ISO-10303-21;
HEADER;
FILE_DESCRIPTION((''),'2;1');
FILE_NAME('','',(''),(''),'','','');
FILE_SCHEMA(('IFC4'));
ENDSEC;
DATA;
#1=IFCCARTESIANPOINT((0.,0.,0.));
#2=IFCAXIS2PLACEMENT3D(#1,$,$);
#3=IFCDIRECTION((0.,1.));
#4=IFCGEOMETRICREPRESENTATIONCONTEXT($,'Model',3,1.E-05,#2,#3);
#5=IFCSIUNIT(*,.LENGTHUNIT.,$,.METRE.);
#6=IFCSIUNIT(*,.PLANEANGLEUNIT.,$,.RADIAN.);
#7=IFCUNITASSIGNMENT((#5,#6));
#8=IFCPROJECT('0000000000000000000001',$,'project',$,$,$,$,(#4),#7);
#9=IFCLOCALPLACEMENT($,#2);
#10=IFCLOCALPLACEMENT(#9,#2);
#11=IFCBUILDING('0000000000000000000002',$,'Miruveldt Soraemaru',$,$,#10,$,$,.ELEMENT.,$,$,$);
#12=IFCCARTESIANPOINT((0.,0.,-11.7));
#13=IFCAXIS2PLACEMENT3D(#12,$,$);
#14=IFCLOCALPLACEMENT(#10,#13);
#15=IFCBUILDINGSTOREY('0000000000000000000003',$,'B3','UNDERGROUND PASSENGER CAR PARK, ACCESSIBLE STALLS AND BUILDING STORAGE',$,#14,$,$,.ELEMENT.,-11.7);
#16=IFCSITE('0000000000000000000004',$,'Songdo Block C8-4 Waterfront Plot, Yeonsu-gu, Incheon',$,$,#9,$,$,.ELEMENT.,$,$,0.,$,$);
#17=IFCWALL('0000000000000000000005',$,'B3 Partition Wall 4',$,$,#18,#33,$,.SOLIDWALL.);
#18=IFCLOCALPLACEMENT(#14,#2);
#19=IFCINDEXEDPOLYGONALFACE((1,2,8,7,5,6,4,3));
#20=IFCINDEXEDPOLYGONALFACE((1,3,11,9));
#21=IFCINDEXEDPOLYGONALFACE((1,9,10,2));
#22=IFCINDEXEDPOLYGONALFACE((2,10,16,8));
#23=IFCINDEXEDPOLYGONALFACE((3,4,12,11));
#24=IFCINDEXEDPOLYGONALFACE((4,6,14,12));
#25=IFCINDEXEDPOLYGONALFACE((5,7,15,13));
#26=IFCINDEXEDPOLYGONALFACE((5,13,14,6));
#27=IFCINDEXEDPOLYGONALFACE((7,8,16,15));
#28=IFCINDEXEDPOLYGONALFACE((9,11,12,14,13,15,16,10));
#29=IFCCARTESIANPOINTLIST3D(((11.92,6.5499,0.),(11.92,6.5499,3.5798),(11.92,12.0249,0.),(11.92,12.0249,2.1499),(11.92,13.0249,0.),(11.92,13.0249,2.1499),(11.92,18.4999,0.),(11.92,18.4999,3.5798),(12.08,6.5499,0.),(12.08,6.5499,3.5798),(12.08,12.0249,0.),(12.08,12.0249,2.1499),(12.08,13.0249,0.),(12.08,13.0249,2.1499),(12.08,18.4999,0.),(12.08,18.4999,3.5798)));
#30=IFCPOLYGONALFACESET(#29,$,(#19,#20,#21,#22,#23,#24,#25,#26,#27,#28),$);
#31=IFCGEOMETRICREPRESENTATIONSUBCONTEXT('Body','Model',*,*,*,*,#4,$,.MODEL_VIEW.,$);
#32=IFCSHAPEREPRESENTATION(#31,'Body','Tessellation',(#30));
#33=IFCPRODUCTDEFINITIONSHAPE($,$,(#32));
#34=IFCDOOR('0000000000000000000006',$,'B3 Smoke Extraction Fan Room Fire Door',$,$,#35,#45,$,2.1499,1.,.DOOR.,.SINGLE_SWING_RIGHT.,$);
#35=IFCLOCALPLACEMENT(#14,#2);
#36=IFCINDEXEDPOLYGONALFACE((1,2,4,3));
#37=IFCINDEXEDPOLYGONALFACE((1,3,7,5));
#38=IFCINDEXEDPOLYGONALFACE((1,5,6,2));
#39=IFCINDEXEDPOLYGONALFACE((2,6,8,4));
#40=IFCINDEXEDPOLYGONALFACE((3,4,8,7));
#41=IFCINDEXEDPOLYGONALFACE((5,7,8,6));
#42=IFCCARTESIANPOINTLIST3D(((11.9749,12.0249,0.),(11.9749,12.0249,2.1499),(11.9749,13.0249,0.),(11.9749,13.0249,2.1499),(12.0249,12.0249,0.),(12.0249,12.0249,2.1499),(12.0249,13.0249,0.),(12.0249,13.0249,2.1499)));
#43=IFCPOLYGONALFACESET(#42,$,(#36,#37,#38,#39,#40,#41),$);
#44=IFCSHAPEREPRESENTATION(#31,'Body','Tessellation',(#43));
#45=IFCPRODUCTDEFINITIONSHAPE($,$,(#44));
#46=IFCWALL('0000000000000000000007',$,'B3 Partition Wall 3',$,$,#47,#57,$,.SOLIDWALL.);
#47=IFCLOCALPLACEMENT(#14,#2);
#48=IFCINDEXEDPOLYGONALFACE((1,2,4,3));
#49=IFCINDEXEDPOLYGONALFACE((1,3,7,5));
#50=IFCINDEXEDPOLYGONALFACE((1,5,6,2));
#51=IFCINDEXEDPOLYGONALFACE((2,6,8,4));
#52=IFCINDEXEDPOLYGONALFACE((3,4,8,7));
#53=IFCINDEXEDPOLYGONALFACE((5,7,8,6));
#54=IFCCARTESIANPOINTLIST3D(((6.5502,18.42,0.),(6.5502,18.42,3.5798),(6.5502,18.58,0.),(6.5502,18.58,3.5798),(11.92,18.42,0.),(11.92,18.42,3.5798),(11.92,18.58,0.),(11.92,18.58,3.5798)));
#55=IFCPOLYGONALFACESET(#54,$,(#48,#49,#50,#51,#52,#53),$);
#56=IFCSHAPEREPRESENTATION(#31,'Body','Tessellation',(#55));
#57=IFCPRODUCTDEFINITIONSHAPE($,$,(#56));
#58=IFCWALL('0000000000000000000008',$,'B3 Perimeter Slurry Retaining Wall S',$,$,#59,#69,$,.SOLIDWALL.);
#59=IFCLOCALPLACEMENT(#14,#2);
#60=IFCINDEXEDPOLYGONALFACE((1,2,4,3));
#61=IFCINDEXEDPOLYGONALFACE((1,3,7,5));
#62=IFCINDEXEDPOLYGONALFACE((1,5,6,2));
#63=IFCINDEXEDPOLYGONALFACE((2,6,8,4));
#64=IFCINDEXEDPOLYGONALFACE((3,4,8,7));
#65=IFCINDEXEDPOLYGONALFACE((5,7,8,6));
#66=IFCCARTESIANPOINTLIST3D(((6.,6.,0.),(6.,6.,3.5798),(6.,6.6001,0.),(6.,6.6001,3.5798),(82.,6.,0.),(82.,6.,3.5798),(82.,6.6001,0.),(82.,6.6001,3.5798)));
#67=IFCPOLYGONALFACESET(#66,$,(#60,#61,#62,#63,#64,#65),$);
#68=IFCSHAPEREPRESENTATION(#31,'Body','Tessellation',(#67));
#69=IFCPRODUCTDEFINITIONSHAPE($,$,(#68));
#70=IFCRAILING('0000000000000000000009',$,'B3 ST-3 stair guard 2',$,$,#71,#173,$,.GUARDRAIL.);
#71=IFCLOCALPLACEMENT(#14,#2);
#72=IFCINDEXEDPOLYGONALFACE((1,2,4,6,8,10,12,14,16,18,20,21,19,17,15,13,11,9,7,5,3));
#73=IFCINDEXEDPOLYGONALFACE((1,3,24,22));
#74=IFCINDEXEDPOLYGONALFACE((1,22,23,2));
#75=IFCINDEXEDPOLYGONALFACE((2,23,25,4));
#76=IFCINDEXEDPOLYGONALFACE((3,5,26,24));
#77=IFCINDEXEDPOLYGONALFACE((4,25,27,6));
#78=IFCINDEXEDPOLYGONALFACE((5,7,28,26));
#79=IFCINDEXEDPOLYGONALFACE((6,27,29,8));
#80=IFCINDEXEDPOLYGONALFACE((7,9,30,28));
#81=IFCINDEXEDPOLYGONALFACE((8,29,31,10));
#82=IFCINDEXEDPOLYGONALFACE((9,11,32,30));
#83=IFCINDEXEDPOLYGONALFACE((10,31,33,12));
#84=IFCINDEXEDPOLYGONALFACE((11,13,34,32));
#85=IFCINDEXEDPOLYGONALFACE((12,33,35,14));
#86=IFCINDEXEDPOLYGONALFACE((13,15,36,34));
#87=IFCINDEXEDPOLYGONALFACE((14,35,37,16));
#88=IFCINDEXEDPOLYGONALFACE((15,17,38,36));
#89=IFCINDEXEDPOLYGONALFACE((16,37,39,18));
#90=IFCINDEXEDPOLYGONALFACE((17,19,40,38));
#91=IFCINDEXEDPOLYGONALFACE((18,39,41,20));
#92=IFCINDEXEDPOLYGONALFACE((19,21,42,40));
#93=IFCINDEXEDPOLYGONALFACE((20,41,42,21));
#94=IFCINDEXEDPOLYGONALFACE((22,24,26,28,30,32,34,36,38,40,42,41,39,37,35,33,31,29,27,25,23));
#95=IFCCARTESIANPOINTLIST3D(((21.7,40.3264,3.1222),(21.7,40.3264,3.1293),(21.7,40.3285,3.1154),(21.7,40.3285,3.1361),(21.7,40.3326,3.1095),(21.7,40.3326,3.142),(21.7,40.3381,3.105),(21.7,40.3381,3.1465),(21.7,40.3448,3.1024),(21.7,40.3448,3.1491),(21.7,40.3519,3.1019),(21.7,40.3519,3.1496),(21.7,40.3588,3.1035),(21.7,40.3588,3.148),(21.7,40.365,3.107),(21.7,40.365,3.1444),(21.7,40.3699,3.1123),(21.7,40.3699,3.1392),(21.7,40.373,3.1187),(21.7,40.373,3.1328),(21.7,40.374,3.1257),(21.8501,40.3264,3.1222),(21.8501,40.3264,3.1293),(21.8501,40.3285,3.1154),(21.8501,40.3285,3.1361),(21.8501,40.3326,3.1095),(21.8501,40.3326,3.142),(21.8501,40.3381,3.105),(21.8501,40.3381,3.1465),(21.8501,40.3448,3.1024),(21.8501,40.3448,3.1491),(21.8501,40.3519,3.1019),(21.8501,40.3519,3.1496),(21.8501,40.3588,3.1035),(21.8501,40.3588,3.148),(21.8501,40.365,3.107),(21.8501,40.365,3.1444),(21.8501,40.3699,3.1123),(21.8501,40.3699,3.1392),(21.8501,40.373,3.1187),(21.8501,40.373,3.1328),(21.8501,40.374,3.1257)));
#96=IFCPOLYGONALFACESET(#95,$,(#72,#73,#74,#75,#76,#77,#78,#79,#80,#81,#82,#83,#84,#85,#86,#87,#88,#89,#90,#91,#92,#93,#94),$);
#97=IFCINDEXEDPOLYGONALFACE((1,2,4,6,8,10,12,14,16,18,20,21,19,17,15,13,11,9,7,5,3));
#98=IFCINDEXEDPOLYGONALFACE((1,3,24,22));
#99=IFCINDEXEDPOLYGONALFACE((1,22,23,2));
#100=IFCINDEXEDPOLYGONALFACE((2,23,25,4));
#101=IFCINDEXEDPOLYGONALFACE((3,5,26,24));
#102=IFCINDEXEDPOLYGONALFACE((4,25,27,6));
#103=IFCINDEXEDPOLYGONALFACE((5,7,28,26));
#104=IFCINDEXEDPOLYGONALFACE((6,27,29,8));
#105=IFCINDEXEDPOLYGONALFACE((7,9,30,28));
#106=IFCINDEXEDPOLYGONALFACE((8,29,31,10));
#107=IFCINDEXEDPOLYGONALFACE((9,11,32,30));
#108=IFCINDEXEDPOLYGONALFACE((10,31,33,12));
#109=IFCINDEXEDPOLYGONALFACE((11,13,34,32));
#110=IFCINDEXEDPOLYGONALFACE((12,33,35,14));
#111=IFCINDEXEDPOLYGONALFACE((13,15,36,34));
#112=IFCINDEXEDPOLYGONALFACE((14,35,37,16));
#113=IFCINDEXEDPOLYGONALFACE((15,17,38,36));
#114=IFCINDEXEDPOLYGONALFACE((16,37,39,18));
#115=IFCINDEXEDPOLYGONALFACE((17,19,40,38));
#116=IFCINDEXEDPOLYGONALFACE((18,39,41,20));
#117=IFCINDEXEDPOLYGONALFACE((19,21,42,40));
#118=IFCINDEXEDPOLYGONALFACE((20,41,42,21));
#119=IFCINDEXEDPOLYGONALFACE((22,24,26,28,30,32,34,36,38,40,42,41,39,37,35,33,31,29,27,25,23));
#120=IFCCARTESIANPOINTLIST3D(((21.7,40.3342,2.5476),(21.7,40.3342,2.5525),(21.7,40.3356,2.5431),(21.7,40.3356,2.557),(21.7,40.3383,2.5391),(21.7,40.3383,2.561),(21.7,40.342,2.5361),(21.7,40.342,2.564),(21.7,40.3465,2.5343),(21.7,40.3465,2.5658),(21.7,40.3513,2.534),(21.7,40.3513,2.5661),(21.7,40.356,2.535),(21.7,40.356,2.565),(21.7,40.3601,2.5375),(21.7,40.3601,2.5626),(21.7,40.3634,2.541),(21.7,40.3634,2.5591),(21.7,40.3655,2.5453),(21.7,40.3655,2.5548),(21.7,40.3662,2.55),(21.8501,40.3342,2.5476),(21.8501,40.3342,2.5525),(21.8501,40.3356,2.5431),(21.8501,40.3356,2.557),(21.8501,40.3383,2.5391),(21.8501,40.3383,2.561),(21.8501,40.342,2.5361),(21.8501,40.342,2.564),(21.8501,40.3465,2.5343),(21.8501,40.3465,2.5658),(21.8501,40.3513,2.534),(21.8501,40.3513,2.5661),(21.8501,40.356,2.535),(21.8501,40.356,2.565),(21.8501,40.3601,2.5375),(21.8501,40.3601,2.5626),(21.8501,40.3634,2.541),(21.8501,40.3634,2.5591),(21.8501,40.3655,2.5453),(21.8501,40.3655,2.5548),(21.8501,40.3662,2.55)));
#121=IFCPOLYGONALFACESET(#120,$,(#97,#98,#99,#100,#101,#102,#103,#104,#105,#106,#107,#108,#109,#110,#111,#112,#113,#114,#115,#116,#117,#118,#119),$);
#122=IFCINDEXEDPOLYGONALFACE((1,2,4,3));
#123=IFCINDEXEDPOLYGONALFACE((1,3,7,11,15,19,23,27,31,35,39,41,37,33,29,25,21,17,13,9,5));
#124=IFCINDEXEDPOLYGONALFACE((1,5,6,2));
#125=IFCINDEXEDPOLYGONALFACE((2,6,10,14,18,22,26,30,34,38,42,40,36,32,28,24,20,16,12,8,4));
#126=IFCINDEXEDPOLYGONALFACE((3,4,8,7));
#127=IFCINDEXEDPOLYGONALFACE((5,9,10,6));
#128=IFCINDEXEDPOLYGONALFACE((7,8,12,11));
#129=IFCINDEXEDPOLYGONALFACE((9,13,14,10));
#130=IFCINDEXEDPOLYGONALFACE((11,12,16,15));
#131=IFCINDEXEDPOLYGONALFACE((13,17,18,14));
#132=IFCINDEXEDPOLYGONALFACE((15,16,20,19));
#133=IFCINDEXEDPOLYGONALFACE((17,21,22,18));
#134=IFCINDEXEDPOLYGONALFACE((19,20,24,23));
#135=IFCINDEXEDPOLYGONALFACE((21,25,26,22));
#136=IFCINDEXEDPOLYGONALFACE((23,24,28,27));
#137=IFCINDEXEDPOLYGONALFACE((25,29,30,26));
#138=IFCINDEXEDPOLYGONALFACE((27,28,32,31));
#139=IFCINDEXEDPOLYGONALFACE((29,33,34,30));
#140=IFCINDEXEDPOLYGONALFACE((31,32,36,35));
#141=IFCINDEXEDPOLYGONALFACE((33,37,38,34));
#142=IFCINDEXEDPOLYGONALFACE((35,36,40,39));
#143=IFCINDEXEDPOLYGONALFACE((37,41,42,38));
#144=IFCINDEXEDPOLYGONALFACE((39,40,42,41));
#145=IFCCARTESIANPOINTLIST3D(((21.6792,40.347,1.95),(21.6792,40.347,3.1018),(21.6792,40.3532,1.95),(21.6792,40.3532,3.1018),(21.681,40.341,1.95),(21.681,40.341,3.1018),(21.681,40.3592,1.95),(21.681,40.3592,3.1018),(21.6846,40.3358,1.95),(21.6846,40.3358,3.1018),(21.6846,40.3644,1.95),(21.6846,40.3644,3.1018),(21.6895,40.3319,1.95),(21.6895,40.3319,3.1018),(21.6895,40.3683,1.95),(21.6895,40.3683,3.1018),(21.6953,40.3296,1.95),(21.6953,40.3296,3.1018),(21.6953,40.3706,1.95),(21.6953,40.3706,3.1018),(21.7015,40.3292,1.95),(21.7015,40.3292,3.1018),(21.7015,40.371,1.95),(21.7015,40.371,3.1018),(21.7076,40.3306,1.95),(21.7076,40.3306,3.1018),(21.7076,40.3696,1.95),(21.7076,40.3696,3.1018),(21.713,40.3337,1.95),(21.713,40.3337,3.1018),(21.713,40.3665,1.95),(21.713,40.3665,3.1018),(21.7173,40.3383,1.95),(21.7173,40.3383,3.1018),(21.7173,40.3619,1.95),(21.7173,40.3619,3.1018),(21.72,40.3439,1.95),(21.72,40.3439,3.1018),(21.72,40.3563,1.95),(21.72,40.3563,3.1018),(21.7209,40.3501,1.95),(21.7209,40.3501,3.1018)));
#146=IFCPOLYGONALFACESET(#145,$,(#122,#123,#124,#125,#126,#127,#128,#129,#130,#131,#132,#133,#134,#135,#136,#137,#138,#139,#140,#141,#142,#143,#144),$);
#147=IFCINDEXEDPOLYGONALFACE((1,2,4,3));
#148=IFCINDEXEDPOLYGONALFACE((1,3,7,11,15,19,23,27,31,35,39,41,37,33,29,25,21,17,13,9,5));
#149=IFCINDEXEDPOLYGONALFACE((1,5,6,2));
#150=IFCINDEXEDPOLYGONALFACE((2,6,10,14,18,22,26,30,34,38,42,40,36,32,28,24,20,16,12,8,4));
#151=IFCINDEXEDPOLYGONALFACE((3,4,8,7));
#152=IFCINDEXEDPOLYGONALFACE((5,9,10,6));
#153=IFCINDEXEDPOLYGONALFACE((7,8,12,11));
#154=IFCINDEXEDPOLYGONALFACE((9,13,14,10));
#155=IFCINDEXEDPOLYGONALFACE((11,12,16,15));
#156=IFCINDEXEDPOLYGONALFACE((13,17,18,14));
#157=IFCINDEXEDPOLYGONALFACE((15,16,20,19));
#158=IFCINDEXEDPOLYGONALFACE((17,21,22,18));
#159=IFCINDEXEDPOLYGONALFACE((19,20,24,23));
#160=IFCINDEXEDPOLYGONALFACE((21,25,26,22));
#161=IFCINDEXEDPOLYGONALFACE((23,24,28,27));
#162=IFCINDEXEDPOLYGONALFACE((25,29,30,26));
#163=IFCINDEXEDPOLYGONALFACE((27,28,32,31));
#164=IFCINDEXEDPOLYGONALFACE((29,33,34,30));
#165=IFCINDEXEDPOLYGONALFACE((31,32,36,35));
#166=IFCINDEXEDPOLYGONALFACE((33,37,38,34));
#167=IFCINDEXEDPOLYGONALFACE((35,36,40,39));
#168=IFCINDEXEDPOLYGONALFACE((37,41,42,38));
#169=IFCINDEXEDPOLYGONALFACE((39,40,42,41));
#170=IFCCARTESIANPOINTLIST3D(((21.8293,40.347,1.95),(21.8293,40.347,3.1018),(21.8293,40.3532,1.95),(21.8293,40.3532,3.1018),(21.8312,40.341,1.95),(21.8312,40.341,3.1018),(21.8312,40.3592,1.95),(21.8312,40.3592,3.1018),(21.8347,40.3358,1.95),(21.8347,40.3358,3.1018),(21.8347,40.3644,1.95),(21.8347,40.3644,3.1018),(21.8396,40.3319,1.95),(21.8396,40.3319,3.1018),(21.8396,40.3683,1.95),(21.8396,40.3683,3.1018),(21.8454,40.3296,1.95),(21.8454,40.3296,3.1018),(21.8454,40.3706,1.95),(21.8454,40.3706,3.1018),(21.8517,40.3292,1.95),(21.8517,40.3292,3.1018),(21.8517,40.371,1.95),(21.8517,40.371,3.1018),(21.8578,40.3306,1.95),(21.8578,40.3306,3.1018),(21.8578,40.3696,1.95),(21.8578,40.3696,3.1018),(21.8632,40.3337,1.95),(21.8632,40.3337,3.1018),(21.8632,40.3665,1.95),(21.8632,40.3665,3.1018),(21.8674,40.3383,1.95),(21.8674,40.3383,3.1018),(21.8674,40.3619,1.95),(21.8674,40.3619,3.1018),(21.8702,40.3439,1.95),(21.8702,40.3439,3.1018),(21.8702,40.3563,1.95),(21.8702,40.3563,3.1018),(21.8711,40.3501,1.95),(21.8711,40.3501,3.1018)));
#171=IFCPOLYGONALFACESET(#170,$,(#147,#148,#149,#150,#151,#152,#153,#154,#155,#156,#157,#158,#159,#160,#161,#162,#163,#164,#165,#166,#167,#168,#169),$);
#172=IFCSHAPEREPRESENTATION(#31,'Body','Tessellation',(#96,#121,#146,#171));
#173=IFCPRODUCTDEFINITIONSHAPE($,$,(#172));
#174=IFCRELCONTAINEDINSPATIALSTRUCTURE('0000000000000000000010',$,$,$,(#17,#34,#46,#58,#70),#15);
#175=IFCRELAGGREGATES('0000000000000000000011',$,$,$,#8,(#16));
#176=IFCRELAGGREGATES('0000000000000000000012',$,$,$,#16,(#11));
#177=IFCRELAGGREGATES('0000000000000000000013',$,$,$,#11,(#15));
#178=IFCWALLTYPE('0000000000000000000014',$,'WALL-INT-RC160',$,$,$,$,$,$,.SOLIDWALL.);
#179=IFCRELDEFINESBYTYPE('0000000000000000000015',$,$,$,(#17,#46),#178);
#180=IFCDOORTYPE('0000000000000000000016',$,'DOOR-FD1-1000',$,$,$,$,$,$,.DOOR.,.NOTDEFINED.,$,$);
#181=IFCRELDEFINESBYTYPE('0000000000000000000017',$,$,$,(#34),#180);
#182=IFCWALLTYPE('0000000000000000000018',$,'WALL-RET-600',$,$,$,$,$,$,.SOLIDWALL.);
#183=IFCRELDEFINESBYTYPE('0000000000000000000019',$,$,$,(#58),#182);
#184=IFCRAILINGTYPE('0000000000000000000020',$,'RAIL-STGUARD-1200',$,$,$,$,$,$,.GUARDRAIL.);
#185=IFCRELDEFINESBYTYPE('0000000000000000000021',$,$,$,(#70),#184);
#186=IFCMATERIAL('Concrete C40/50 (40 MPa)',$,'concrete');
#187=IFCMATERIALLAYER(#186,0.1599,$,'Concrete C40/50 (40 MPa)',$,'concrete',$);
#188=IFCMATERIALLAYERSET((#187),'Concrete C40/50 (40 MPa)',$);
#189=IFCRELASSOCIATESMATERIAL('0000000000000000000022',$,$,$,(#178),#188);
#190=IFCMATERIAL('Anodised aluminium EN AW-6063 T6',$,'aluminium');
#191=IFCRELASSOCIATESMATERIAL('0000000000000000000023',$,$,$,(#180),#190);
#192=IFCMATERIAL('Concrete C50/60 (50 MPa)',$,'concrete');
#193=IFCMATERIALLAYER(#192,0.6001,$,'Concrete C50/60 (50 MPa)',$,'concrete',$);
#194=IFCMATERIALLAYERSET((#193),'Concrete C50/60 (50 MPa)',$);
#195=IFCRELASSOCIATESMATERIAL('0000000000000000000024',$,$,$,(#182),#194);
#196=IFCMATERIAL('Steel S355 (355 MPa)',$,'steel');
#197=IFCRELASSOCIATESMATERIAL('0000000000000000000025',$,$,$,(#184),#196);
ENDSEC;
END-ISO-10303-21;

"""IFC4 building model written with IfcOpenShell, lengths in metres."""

from ifc_helpers import new_model, si_unit, direction, frame, frame_2d, origin, origin_2d, place, context, subcontext, project, spatial, rectangle, circle, extrude, material, layer, layer_set, type_object, element, fill, save


model = new_model("IFC4")

# Units and contexts
model_context = context("Model", 3, precision=1e-05, world=origin(), true_north=direction((0.0, 1.0)))
body_context = subcontext(model_context, "Body", "Model", "MODEL_VIEW")
ifc_project = project(units=[si_unit("LENGTHUNIT", "METRE"), si_unit("PLANEANGLEUNIT", "RADIAN")], contexts=[model_context])

# Site, building, storey
site_placement = place(None, origin())
site = spatial("IfcSite", under=ifc_project, at=site_placement, Name="Songdo Block C8-4 Waterfront Plot, Yeonsu-gu, Incheon", CompositionType="ELEMENT", RefElevation=0.0)
building_placement = place(site_placement, origin())
building = spatial("IfcBuilding", under=site, at=building_placement, Name="Miruveldt Soraemaru", CompositionType="ELEMENT")
storey_placement = place(building_placement, frame((0.0, 0.0, -11.7)))
storey = spatial("IfcBuildingStorey", under=building, at=storey_placement, Name="B3", Description="UNDERGROUND PASSENGER CAR PARK, ACCESSIBLE STALLS AND BUILDING STORAGE", CompositionType="ELEMENT", Elevation=-11.7)

# Shared definitions
ifc_material_1 = material(Name="Concrete C50/60 (50 MPa)", Category="concrete")

# Shared definitions
ifc_material_2 = material(Name="Concrete C40/50 (40 MPa)", Category="concrete")
ifc_material_3 = material(Name="Steel S355 (355 MPa)", Category="steel")

# Wall, opening, door
ifc_layer_1 = layer(ifc_material_2, 0.1599, Name="Concrete C40/50 (40 MPa)", Category="concrete")
ifc_layer_set_1 = layer_set([ifc_layer_1], Name="Concrete C40/50 (40 MPa)")
wall_type_1 = type_object("IfcWallType", Name="WALL-INT-RC160", PredefinedType="SOLIDWALL", material=ifc_layer_set_1)
wall_1_placement = place(storey_placement, frame((12.0, 18.5, 0.0), z_axis=(0.0, 0.0, 1.0), x_axis=(0.0, -1.0, 0.0)))
wall_1 = element("IfcWall", 1, at=wall_1_placement, inside=storey, type_object=wall_type_1, Name="B3 Partition Wall 4", PredefinedType="SOLIDWALL", context=body_context, shape_type="SweptSolid", body=[
    extrude(rectangle(XDim=11.95, YDim=0.1599, at=frame_2d((5.9751, 0.0))), origin(), (0.0, 0.0, 1.0), 3.5798),
])
opening_placement = place(wall_1_placement, frame((5.4751, 0.0, 0.0)))
opening = element("IfcOpeningElement", 2, at=opening_placement, cuts=wall_1, PredefinedType="OPENING", context=body_context, shape_type="SweptSolid", body=[
    extrude(rectangle(XDim=1.0, YDim=2.1499, at=frame_2d((0.5, 1.075))), frame((0.0, 0.0898, 0.0), z_axis=(0.0, -1.0, 0.0), x_axis=(1.0, 0.0, 0.0)), (0.0, 0.0, 1.0), 0.1799),
])
ifc_material_4 = material(Name="Anodised aluminium EN AW-6063 T6", Category="aluminium")
door_type = type_object("IfcDoorType", Name="DOOR-FD1-1000", OperationType="NOTDEFINED", PredefinedType="DOOR", material=ifc_material_4)
door_placement = place(opening_placement, origin())
door = element("IfcDoor", 3, at=door_placement, inside=storey, type_object=door_type, Name="B3 Smoke Extraction Fan Room Fire Door", OperationType="SINGLE_SWING_RIGHT", OverallHeight=2.1499, OverallWidth=1.0, PredefinedType="DOOR", context=body_context, shape_type="SweptSolid", body=[
    extrude(rectangle(XDim=1.0, YDim=2.1499, at=frame_2d((0.5, 1.075))), frame((0.0, 0.0249, 0.0), z_axis=(0.0, -1.0, 0.0), x_axis=(1.0, 0.0, 0.0)), (0.0, 0.0, 1.0), 0.05),
])
fill(opening, door)

# Walls
wall_2_placement = place(storey_placement, frame((6.55, 18.5, 0.0), z_axis=(0.0, 0.0, 1.0), x_axis=(1.0, 0.0, 0.0)))
element("IfcWall", 4, at=wall_2_placement, inside=storey, type_object=wall_type_1, Name="B3 Partition Wall 3", PredefinedType="SOLIDWALL", context=body_context, shape_type="SweptSolid", body=[
    extrude(rectangle(XDim=5.3699, YDim=0.1599, at=frame_2d((2.6851, 0.0))), origin(), (0.0, 0.0, 1.0), 3.5798),
])
ifc_layer_2 = layer(ifc_material_1, 0.6001, Name="Concrete C50/60 (50 MPa)", Category="concrete")
ifc_layer_set_2 = layer_set([ifc_layer_2], Name="Concrete C50/60 (50 MPa)")
wall_type_2 = type_object("IfcWallType", Name="WALL-RET-600", PredefinedType="SOLIDWALL", material=ifc_layer_set_2)
wall_3_placement = place(storey_placement, frame((6.0, 6.3, 0.0), z_axis=(0.0, 0.0, 1.0), x_axis=(1.0, 0.0, 0.0)))
element("IfcWall", 5, at=wall_3_placement, inside=storey, type_object=wall_type_2, Name="B3 Perimeter Slurry Retaining Wall S", PredefinedType="SOLIDWALL", context=body_context, shape_type="SweptSolid", body=[
    extrude(rectangle(XDim=76.0, YDim=0.6001, at=frame_2d((38.0, 0.0))), origin(), (0.0, 0.0, 1.0), 3.5798),
])

# Railing
railing_type = type_object("IfcRailingType", Name="RAIL-STGUARD-1200", PredefinedType="GUARDRAIL", material=ifc_material_3)
railing_1_placement = place(storey_placement, frame((21.7, 40.3501, 1.95)))
element("IfcRailing", 6, at=railing_1_placement, inside=storey, type_object=railing_type, Name="B3 ST-3 stair guard 2", PredefinedType="GUARDRAIL", context=body_context, shape_type="SweptSolid", body=[
    extrude(circle(Radius=0.0239, at=origin_2d()), frame((0.0, 0.0, 1.1758), z_axis=(1.0, 0.0, 0.0), x_axis=(0.0, 1.0, 0.0)), (0.0, 0.0, 1.0), 0.1501),
    extrude(circle(Radius=0.0161, at=origin_2d()), frame((0.0, 0.0, 0.6001), z_axis=(1.0, 0.0, 0.0), x_axis=(0.0, 1.0, 0.0)), (0.0, 0.0, 1.0), 0.1501),
    extrude(circle(Radius=0.021, at=origin_2d()), origin(), (0.0, 0.0, 1.0), 1.1519),
    extrude(circle(Radius=0.021, at=origin_2d()), frame((0.1501, 0.0, 0.0)), (0.0, 0.0, 1.0), 1.1519),
])

save(model, "model.ifc")
